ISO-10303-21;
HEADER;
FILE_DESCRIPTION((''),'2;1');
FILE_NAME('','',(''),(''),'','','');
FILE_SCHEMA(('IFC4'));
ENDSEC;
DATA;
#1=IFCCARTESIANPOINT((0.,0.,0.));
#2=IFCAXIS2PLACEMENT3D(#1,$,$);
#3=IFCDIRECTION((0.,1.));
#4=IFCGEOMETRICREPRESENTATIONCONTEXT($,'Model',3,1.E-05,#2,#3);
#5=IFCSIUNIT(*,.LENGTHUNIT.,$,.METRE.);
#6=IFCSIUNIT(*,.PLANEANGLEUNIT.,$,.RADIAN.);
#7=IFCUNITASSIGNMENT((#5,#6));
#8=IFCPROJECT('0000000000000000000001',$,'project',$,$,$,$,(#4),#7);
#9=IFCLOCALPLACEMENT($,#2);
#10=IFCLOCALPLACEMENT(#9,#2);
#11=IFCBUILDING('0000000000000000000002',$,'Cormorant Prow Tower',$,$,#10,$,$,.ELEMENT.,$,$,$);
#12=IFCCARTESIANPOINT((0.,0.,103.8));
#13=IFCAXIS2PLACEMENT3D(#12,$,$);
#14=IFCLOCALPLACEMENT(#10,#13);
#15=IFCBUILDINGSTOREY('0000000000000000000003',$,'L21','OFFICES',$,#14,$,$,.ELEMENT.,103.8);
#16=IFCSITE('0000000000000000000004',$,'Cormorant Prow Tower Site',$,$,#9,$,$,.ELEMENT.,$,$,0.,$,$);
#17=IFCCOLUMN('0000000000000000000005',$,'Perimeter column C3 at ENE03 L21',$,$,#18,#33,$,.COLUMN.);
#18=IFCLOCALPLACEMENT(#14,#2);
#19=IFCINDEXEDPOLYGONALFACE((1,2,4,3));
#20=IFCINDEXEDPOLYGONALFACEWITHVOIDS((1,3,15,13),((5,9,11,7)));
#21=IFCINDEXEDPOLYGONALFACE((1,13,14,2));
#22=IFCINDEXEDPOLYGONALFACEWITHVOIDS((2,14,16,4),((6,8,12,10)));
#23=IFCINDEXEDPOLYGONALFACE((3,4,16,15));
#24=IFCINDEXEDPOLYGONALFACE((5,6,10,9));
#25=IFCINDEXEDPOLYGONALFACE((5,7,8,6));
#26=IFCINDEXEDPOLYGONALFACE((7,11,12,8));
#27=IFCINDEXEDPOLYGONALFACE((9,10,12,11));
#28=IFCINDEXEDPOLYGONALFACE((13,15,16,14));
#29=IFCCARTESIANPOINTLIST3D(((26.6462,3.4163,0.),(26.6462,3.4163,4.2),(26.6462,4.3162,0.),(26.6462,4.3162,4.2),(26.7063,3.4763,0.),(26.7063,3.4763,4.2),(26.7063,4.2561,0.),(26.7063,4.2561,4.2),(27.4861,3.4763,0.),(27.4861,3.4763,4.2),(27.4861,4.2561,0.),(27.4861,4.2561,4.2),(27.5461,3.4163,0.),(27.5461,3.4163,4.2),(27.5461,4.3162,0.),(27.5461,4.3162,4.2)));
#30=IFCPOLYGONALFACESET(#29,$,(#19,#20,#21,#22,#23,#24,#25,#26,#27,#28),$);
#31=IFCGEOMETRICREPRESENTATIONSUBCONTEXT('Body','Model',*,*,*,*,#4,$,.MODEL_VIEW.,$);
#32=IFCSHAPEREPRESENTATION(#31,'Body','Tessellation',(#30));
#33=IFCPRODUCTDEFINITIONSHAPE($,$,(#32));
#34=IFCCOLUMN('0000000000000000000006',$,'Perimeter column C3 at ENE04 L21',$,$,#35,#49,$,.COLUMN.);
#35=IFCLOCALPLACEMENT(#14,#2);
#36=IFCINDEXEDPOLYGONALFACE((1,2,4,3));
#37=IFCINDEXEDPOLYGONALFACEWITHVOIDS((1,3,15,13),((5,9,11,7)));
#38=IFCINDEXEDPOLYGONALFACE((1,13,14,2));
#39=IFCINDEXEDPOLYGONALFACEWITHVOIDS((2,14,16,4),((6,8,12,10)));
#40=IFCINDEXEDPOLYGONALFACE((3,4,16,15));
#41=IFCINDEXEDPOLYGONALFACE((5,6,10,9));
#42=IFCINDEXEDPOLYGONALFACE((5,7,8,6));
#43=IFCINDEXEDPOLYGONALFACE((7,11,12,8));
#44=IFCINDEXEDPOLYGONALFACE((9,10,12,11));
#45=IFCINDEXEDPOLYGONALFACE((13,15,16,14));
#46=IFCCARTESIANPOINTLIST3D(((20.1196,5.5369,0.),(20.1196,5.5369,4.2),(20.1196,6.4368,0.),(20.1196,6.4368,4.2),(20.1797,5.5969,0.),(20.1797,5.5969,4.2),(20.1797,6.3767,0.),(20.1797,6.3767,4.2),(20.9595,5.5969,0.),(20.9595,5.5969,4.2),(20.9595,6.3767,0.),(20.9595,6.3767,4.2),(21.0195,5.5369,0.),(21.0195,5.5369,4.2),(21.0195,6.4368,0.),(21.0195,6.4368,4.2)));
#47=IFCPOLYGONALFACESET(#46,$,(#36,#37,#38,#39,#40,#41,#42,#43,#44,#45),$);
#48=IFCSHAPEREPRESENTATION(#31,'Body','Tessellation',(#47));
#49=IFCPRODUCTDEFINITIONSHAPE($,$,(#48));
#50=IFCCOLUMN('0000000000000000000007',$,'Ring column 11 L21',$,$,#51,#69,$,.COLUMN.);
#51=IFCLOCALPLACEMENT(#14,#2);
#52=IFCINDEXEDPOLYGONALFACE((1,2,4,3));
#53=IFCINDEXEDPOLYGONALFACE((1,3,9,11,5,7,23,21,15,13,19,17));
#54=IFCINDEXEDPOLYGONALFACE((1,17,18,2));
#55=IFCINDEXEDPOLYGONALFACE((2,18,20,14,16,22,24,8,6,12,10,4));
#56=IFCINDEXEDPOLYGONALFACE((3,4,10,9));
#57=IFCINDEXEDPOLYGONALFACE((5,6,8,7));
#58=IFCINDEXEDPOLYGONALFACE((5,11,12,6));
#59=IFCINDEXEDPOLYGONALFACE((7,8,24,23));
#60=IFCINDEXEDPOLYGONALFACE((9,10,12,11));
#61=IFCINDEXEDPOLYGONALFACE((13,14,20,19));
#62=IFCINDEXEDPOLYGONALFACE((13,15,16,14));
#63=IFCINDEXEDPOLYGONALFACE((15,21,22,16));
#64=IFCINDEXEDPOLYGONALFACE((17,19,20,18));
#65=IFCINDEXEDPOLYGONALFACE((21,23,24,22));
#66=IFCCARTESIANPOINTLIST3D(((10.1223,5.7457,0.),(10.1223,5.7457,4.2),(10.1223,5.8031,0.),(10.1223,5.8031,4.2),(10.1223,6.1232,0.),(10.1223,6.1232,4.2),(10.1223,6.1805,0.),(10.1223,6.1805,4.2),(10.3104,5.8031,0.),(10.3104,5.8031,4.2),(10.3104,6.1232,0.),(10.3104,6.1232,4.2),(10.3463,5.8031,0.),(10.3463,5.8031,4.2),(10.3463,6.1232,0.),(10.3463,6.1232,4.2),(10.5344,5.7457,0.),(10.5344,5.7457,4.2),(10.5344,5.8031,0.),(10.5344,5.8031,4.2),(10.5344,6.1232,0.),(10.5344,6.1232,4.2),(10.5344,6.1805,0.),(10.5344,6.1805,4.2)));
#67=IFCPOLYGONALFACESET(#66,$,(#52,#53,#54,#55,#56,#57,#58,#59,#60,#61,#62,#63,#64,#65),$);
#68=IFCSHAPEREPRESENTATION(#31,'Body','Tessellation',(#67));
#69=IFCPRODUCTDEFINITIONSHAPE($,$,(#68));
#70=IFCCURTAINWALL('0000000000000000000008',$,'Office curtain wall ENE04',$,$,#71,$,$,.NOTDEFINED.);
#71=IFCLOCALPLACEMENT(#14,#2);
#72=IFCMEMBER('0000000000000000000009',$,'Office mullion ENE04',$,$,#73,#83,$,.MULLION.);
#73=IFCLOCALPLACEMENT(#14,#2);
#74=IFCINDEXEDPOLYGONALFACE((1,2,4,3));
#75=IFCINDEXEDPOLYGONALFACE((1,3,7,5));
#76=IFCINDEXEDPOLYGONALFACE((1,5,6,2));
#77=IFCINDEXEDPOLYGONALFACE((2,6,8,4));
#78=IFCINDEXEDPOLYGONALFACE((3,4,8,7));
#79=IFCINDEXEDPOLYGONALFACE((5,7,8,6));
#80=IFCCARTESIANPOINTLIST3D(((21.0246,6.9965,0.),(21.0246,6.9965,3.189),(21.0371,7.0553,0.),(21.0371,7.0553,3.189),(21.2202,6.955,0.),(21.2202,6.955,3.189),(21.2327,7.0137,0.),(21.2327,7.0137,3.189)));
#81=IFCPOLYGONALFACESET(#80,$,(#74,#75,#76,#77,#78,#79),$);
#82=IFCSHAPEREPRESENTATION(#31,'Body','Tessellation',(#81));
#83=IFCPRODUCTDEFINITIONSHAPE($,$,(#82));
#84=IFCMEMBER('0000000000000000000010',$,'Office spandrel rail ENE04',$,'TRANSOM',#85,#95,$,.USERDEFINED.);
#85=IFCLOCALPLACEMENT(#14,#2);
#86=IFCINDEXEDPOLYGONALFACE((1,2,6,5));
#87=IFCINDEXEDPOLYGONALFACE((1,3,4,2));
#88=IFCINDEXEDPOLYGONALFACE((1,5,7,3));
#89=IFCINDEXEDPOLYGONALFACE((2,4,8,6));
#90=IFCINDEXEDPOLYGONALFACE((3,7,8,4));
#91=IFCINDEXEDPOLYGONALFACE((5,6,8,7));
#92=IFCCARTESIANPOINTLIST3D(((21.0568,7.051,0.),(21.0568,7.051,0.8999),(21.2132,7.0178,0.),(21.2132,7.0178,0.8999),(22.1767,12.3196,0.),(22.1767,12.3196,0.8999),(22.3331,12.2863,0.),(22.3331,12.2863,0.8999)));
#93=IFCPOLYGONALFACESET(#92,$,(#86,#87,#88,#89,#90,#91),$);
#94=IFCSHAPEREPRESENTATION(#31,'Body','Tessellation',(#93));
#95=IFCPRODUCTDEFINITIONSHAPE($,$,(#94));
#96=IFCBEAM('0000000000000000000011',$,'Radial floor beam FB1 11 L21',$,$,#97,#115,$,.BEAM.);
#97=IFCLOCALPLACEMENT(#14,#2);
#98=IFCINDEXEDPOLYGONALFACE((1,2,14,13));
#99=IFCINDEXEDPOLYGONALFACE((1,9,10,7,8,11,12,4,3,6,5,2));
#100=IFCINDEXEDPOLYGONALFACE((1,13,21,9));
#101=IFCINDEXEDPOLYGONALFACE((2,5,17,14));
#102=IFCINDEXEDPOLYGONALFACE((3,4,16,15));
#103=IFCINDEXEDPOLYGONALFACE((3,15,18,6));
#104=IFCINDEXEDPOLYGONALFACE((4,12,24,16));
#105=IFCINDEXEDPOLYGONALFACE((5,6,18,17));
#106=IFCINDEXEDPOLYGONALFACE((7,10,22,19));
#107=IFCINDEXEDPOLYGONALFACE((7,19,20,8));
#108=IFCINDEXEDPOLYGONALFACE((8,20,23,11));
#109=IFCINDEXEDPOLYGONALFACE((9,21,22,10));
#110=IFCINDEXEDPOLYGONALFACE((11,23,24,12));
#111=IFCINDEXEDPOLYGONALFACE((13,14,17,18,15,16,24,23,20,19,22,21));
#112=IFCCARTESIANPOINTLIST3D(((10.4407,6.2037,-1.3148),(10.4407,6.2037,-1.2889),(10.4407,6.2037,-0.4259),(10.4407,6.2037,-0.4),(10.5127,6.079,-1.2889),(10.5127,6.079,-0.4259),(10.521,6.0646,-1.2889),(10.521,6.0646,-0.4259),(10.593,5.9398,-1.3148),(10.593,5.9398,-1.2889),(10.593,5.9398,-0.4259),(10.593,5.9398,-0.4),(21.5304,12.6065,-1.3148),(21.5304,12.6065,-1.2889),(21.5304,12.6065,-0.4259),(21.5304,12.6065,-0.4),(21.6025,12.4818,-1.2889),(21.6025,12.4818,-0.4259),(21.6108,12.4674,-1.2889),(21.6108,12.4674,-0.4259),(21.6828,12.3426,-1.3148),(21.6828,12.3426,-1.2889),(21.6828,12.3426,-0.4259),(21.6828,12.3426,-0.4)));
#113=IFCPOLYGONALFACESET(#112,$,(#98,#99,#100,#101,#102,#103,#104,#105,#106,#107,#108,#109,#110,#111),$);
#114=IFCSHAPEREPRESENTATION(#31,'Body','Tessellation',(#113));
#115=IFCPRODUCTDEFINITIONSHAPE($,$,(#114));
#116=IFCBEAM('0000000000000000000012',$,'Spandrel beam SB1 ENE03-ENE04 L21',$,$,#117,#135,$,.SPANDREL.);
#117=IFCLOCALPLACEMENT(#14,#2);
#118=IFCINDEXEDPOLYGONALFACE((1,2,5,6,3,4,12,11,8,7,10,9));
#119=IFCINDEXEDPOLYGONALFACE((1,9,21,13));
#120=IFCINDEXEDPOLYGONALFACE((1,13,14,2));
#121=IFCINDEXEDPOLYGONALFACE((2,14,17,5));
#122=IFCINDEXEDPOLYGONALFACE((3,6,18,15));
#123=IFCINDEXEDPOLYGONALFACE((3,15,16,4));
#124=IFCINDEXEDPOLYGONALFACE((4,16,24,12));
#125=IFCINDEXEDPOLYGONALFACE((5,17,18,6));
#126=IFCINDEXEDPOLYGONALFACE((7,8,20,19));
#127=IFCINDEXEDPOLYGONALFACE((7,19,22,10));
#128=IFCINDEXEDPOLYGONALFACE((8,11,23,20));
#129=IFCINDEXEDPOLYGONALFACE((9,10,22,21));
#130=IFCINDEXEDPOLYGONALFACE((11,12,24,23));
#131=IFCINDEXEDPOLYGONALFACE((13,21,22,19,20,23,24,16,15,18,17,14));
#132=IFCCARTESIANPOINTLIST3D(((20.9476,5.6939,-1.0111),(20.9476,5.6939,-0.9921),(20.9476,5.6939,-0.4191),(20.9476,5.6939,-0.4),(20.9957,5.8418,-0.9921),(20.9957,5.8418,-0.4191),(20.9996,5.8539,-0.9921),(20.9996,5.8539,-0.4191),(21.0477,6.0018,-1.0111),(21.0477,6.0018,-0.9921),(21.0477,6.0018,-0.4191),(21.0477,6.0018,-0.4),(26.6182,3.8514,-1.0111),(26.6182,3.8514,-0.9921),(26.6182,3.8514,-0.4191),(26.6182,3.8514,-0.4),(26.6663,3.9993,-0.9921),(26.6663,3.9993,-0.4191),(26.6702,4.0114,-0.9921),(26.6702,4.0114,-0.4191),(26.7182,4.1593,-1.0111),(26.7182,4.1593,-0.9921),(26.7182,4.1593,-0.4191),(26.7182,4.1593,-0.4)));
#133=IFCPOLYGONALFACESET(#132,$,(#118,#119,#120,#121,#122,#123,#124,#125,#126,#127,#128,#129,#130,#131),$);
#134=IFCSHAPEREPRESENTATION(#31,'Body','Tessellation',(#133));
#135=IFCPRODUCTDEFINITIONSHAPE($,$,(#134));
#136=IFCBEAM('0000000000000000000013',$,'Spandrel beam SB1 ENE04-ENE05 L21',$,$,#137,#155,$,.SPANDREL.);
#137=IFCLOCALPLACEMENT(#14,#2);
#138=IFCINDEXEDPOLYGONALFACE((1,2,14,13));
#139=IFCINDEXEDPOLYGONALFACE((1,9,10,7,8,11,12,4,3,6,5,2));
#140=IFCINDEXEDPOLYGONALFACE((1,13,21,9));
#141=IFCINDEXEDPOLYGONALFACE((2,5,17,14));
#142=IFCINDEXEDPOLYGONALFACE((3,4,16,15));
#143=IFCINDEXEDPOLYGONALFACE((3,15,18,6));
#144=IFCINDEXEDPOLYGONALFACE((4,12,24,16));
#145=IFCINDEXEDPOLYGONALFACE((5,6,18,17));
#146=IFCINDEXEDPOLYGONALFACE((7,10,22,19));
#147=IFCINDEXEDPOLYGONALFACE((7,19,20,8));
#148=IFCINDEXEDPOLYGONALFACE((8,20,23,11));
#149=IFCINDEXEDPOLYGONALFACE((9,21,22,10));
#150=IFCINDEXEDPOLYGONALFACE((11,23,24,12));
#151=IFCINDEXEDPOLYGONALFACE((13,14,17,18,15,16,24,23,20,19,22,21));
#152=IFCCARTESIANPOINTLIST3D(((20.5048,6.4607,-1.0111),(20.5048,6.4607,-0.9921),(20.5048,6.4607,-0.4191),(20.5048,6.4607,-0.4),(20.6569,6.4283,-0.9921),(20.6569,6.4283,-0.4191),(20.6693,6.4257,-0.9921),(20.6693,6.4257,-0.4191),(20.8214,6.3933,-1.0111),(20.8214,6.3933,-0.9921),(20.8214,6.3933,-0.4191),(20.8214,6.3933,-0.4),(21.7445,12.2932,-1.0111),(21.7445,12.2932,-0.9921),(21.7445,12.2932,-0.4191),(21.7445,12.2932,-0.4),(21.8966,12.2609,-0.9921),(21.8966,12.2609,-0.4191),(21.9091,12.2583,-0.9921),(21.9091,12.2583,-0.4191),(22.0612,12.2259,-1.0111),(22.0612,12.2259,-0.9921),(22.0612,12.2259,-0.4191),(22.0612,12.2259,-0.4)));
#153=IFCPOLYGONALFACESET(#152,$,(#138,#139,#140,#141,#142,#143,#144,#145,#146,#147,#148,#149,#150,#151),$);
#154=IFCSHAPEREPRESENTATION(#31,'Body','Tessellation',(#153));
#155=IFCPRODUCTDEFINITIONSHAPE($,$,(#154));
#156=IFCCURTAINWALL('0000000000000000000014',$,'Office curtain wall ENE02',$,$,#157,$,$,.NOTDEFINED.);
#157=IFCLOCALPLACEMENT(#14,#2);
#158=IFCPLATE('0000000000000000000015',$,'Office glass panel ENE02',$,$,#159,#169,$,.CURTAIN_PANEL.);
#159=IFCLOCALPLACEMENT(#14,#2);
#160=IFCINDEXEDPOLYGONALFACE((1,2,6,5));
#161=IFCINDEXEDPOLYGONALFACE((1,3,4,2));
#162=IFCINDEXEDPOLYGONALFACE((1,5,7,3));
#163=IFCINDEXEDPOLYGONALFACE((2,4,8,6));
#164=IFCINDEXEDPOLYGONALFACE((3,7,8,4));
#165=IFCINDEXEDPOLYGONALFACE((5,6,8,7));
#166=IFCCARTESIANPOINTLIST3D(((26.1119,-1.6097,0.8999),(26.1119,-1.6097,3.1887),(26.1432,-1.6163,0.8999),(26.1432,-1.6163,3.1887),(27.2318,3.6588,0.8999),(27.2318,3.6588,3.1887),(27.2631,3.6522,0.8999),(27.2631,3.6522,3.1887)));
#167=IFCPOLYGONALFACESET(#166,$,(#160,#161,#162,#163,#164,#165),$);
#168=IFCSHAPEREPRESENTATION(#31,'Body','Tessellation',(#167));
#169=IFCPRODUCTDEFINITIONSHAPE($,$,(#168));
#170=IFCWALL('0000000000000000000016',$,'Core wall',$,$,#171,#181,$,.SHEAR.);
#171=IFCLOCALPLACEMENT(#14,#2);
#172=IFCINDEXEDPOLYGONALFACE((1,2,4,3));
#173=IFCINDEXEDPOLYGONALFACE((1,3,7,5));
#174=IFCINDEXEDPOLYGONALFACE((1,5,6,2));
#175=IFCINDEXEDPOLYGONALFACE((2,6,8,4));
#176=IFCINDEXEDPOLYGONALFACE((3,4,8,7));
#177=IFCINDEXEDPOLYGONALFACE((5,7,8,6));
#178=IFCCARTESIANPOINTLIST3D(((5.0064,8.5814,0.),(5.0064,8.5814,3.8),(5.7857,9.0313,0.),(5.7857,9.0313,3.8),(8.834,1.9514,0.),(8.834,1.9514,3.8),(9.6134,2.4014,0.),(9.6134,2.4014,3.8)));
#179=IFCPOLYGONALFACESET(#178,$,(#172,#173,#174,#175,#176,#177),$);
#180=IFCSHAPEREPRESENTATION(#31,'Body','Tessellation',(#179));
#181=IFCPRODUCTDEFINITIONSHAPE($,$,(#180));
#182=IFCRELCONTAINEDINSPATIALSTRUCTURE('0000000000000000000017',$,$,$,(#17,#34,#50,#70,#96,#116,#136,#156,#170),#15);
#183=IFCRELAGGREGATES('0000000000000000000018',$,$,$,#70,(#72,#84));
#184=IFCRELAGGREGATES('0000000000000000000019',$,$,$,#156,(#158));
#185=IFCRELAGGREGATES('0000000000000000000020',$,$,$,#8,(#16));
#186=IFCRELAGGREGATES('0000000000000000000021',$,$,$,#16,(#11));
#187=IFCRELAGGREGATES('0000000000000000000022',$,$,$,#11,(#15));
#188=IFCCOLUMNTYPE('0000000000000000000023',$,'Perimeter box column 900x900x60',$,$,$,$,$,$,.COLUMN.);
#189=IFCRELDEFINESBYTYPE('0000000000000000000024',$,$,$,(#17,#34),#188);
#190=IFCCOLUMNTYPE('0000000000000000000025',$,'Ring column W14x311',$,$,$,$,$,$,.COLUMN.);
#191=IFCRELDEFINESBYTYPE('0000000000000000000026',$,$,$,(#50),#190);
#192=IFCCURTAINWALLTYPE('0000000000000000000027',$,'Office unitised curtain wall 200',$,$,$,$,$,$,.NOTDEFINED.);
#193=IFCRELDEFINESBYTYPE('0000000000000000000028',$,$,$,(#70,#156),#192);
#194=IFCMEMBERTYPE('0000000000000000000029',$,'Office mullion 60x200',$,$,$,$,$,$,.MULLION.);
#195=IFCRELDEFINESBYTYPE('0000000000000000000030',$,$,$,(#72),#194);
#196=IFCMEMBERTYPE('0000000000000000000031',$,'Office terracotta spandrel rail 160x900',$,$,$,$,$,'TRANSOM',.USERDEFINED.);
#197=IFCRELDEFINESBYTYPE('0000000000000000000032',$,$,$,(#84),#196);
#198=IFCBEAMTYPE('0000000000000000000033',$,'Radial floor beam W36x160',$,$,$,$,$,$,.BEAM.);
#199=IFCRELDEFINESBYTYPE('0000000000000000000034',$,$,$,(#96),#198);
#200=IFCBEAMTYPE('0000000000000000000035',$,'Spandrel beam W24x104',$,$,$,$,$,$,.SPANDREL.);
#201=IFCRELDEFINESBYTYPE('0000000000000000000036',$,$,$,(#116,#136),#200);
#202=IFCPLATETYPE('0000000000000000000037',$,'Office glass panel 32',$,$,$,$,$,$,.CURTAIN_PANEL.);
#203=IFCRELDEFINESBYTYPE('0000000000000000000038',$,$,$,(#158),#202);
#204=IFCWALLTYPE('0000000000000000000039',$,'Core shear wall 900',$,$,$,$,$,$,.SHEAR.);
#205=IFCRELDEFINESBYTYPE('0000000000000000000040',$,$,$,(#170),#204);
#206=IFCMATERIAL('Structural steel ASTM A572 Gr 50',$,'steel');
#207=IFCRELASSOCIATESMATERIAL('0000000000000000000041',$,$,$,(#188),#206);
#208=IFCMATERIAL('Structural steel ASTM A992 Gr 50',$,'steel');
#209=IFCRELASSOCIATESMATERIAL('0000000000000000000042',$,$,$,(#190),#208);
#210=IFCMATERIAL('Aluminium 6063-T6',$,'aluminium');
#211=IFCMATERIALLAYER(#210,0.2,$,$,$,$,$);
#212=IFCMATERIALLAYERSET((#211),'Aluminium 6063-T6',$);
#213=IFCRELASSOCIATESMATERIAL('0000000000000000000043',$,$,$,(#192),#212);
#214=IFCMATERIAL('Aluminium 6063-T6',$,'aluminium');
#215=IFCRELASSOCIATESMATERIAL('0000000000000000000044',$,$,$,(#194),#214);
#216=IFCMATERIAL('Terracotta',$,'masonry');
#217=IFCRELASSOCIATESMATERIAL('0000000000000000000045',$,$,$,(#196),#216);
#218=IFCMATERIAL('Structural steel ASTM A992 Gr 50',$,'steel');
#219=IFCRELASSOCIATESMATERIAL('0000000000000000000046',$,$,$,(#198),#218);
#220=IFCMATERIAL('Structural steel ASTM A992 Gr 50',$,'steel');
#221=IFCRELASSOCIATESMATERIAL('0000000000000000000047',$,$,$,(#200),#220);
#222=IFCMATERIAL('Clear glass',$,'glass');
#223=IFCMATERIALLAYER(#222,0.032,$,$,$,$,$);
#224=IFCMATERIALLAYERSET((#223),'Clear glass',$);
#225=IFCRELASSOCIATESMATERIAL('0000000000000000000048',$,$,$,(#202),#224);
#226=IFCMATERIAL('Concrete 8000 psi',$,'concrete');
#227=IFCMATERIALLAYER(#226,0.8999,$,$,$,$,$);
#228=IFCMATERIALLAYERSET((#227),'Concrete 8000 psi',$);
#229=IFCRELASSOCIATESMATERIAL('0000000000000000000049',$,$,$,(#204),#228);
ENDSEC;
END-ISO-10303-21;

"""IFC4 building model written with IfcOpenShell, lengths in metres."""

from ifc_helpers import new_model, si_unit, direction, frame, frame_2d, origin, origin_2d, place, context, subcontext, project, spatial, rectangle, hollow_rectangle, i_section, extrude, material, layer, layer_set, material_profile, profile_set, type_object, element, aggregate, save


model = new_model("IFC4")

# Units and contexts
model_context = context("Model", 3, precision=1e-05, world=origin(), true_north=direction((0.0, 1.0)))
body_context = subcontext(model_context, "Body", "Model", "MODEL_VIEW")
ifc_project = project(units=[si_unit("LENGTHUNIT", "METRE"), si_unit("PLANEANGLEUNIT", "RADIAN")], contexts=[model_context])

# Site, building, storey
site_placement = place(None, origin())
site = spatial("IfcSite", under=ifc_project, at=site_placement, Name="Cormorant Prow Tower Site", CompositionType="ELEMENT", RefElevation=0.0)
building_placement = place(site_placement, origin())
building = spatial("IfcBuilding", under=site, at=building_placement, Name="Cormorant Prow Tower", CompositionType="ELEMENT")
storey_placement = place(building_placement, frame((0.0, 0.0, 103.8)))
storey = spatial("IfcBuildingStorey", under=building, at=storey_placement, Name="L21", Description="OFFICES", CompositionType="ELEMENT", Elevation=103.8)

# Columns
ifc_material_1 = material(Name="Structural steel ASTM A572 Gr 50", Category="steel")
ifc_material_profile_1 = material_profile(ifc_material_1, hollow_rectangle(XDim=0.8999, YDim=0.8999, WallThickness=0.0601, at=origin_2d()), Name="Box 900x900x60")
ifc_profile_set_1 = profile_set([ifc_material_profile_1], Name="Structural steel ASTM A572 Gr 50")
column_type_1 = type_object("IfcColumnType", Name="Perimeter box column 900x900x60", PredefinedType="COLUMN", material=ifc_profile_set_1)
for number, where, z_axis, x_axis, name in (
    (1, (27.0962, 3.8662, 0.0), (0.0, 0.0, 1.0), (1.0, 0.0, 0.0), "Perimeter column C3 at ENE03 L21"),
    (2, (20.5696, 5.9868, 0.0), (0.0, 0.0, 1.0), (1.0, 0.0, 0.0), "Perimeter column C3 at ENE04 L21"),
):
    element("IfcColumn", number, at=place(storey_placement, frame(where, z_axis=z_axis, x_axis=x_axis)), inside=storey, type_object=column_type_1, Name=name, PredefinedType="COLUMN", context=body_context, shape_type="SweptSolid", body=[
        extrude(hollow_rectangle(XDim=0.8999, YDim=0.8999, WallThickness=0.0601, at=origin_2d()), origin(), (0.0, 0.0, 1.0), 4.2),
    ])
ifc_material_2 = material(Name="Structural steel ASTM A992 Gr 50", Category="steel")
ifc_material_profile_2 = material_profile(ifc_material_2, i_section(OverallWidth=0.4121, OverallDepth=0.4348, WebThickness=0.0359, FlangeThickness=0.0574, at=origin_2d()), Name="W14x311")
ifc_profile_set_2 = profile_set([ifc_material_profile_2], Name="Structural steel ASTM A992 Gr 50")
column_type_2 = type_object("IfcColumnType", Name="Ring column W14x311", PredefinedType="COLUMN", material=ifc_profile_set_2)
column_placement = place(storey_placement, frame((10.3284, 5.9631, 0.0), z_axis=(0.0, 0.0, 1.0), x_axis=(1.0, 0.0, 0.0)))
element("IfcColumn", 3, at=column_placement, inside=storey, type_object=column_type_2, Name="Ring column 11 L21", PredefinedType="COLUMN", context=body_context, shape_type="SweptSolid", body=[
    extrude(i_section(OverallWidth=0.4121, OverallDepth=0.4348, WebThickness=0.0359, FlangeThickness=0.0574, at=origin_2d()), origin(), (0.0, 0.0, 1.0), 4.2),
])

# Curtain wall, members
ifc_material_3 = material(Name="Aluminium 6063-T6", Category="aluminium")
ifc_layer_1 = layer(ifc_material_3, 0.2)
ifc_layer_set_1 = layer_set([ifc_layer_1], Name="Aluminium 6063-T6")
curtain_wall_type = type_object("IfcCurtainWallType", Name="Office unitised curtain wall 200", PredefinedType="NOTDEFINED", material=ifc_layer_set_1)
curtain_wall_1_placement = place(storey_placement, origin())
curtain_wall_1 = element("IfcCurtainWall", 4, at=curtain_wall_1_placement, inside=storey, type_object=curtain_wall_type, Name="Office curtain wall ENE04", PredefinedType="NOTDEFINED")
ifc_material_4 = material(Name="Aluminium 6063-T6", Category="aluminium")
ifc_material_profile_3 = material_profile(ifc_material_4, rectangle(XDim=0.2, YDim=0.0601, at=origin_2d()), Name="Office mullion 60x200")
ifc_profile_set_3 = profile_set([ifc_material_profile_3], Name="Aluminium 6063-T6")
member_type_1 = type_object("IfcMemberType", Name="Office mullion 60x200", PredefinedType="MULLION", material=ifc_profile_set_3)
member_1_placement = place(storey_placement, frame((21.1287, 7.0051, 0.0), z_axis=(0.0, 0.0, 1.0), x_axis=(-0.978148, 0.207912, 0.0)))
member_1 = element("IfcMember", 5, at=member_1_placement, type_object=member_type_1, Name="Office mullion ENE04", PredefinedType="MULLION", context=body_context, shape_type="SweptSolid", body=[
    extrude(rectangle(XDim=0.2, YDim=0.0601, at=origin_2d()), origin(), (0.0, 0.0, 1.0), 3.189),
])
ifc_material_5 = material(Name="Terracotta", Category="masonry")
ifc_material_profile_4 = material_profile(ifc_material_5, rectangle(XDim=0.1599, YDim=0.8999, at=origin_2d()), Name="Office terracotta spandrel rail 160x900")
ifc_profile_set_4 = profile_set([ifc_material_profile_4], Name="Terracotta")
member_type_2 = type_object("IfcMemberType", Name="Office terracotta spandrel rail 160x900", ElementType="TRANSOM", PredefinedType="USERDEFINED", material=ifc_profile_set_4)
member_2_placement = place(storey_placement, frame((21.135, 7.0344, 0.45), z_axis=(0.207913, 0.978147, 0.0), x_axis=(-0.978147, 0.207913, 0.0)))
member_2 = element("IfcMember", 6, at=member_2_placement, type_object=member_type_2, Name="Office spandrel rail ENE04", ObjectType="TRANSOM", PredefinedType="USERDEFINED", context=body_context, shape_type="SweptSolid", body=[
    extrude(rectangle(XDim=0.1599, YDim=0.8999, at=origin_2d()), origin(), (0.0, 0.0, 1.0), 5.3862),
])
aggregate(curtain_wall_1, [member_1, member_2])

# Beams
ifc_material_6 = material(Name="Structural steel ASTM A992 Gr 50", Category="steel")
ifc_material_profile_5 = material_profile(ifc_material_6, i_section(OverallWidth=0.3047, OverallDepth=0.9148, WebThickness=0.0166, FlangeThickness=0.0259, at=origin_2d()), Name="W36x160")
ifc_profile_set_5 = profile_set([ifc_material_profile_5], Name="Structural steel ASTM A992 Gr 50")
beam_type_1 = type_object("IfcBeamType", Name="Radial floor beam W36x160", PredefinedType="BEAM", material=ifc_profile_set_5)
beam_1_placement = place(storey_placement, frame((10.5168, 6.0718, -0.8574), z_axis=(0.866022, 0.500006, 0.0), x_axis=(-0.500006, 0.866022, 0.0)))
element("IfcBeam", 7, at=beam_1_placement, inside=storey, type_object=beam_type_1, Name="Radial floor beam FB1 11 L21", PredefinedType="BEAM", context=body_context, shape_type="SweptSolid", body=[
    extrude(i_section(OverallWidth=0.3047, OverallDepth=0.9148, WebThickness=0.0166, FlangeThickness=0.0259, at=origin_2d()), origin(), (0.0, 0.0, 1.0), 12.8054),
])
ifc_material_7 = material(Name="Structural steel ASTM A992 Gr 50", Category="steel")
ifc_material_profile_6 = material_profile(ifc_material_7, i_section(OverallWidth=0.3237, OverallDepth=0.6111, WebThickness=0.0127, FlangeThickness=0.019, at=origin_2d()), Name="W24x104")
ifc_profile_set_6 = profile_set([ifc_material_profile_6], Name="Structural steel ASTM A992 Gr 50")
beam_type_2 = type_object("IfcBeamType", Name="Spandrel beam W24x104", PredefinedType="SPANDREL", material=ifc_profile_set_6)
beam_2_placement = place(storey_placement, frame((26.6682, 4.0054, -0.7056), z_axis=(-0.951055, 0.30902, 0.0), x_axis=(-0.30902, -0.951055, 0.0)))
element("IfcBeam", 8, at=beam_2_placement, inside=storey, type_object=beam_type_2, Name="Spandrel beam SB1 ENE03-ENE04 L21", PredefinedType="SPANDREL", context=body_context, shape_type="SweptSolid", body=[
    extrude(i_section(OverallWidth=0.3237, OverallDepth=0.6111, WebThickness=0.0127, FlangeThickness=0.019, at=origin_2d()), origin(), (0.0, 0.0, 1.0), 5.9624),
])
beam_3_placement = place(storey_placement, frame((20.6631, 6.427, -0.7056), z_axis=(0.207913, 0.978147, 0.0), x_axis=(-0.978147, 0.207913, 0.0)))
element("IfcBeam", 9, at=beam_3_placement, inside=storey, type_object=beam_type_2, Name="Spandrel beam SB1 ENE04-ENE05 L21", PredefinedType="SPANDREL", context=body_context, shape_type="SweptSolid", body=[
    extrude(i_section(OverallWidth=0.3237, OverallDepth=0.6111, WebThickness=0.0127, FlangeThickness=0.019, at=origin_2d()), origin(), (0.0, 0.0, 1.0), 5.9629),
])

# Curtain wall, plate
curtain_wall_2_placement = place(storey_placement, origin())
curtain_wall_2 = element("IfcCurtainWall", 10, at=curtain_wall_2_placement, inside=storey, type_object=curtain_wall_type, Name="Office curtain wall ENE02", PredefinedType="NOTDEFINED")
ifc_material_8 = material(Name="Clear glass", Category="glass")
ifc_layer_2 = layer(ifc_material_8, 0.032)
ifc_layer_set_2 = layer_set([ifc_layer_2], Name="Clear glass")
plate_type = type_object("IfcPlateType", Name="Office glass panel 32", PredefinedType="CURTAIN_PANEL", material=ifc_layer_set_2)
plate_placement = place(storey_placement, frame((26.6875, 1.0212, 0.8999), z_axis=(0.0, 0.0, 1.0), x_axis=(0.207912, 0.978148, 0.0)))
plate = element("IfcPlate", 11, at=plate_placement, type_object=plate_type, Name="Office glass panel ENE02", PredefinedType="CURTAIN_PANEL", context=body_context, shape_type="SweptSolid", body=[
    extrude(rectangle(XDim=5.3862, YDim=0.032, at=origin_2d()), origin(), (0.0, 0.0, 1.0), 2.2888),
])
aggregate(curtain_wall_2, [plate])

# Wall
ifc_material_9 = material(Name="Concrete 8000 psi", Category="concrete")
ifc_layer_3 = layer(ifc_material_9, 0.8999)
ifc_layer_set_3 = layer_set([ifc_layer_3], Name="Concrete 8000 psi")
wall_type_1 = type_object("IfcWallType", Name="Core shear wall 900", PredefinedType="SHEAR", material=ifc_layer_set_3)
wall_1_placement = place(storey_placement, frame((9.2236, 2.1765, 0.0), z_axis=(0.0, 0.0, 1.0), x_axis=(-0.499987, 0.866033, 0.0)))
element("IfcWall", 12, at=wall_1_placement, inside=storey, type_object=wall_type_1, Name="Core wall", PredefinedType="SHEAR", context=body_context, shape_type="SweptSolid", body=[
    extrude(rectangle(XDim=7.6555, YDim=0.8999, at=frame_2d((3.8276, 0.0))), origin(), (0.0, 0.0, 1.0), 3.8),
])

save(model, "model.ifc")
